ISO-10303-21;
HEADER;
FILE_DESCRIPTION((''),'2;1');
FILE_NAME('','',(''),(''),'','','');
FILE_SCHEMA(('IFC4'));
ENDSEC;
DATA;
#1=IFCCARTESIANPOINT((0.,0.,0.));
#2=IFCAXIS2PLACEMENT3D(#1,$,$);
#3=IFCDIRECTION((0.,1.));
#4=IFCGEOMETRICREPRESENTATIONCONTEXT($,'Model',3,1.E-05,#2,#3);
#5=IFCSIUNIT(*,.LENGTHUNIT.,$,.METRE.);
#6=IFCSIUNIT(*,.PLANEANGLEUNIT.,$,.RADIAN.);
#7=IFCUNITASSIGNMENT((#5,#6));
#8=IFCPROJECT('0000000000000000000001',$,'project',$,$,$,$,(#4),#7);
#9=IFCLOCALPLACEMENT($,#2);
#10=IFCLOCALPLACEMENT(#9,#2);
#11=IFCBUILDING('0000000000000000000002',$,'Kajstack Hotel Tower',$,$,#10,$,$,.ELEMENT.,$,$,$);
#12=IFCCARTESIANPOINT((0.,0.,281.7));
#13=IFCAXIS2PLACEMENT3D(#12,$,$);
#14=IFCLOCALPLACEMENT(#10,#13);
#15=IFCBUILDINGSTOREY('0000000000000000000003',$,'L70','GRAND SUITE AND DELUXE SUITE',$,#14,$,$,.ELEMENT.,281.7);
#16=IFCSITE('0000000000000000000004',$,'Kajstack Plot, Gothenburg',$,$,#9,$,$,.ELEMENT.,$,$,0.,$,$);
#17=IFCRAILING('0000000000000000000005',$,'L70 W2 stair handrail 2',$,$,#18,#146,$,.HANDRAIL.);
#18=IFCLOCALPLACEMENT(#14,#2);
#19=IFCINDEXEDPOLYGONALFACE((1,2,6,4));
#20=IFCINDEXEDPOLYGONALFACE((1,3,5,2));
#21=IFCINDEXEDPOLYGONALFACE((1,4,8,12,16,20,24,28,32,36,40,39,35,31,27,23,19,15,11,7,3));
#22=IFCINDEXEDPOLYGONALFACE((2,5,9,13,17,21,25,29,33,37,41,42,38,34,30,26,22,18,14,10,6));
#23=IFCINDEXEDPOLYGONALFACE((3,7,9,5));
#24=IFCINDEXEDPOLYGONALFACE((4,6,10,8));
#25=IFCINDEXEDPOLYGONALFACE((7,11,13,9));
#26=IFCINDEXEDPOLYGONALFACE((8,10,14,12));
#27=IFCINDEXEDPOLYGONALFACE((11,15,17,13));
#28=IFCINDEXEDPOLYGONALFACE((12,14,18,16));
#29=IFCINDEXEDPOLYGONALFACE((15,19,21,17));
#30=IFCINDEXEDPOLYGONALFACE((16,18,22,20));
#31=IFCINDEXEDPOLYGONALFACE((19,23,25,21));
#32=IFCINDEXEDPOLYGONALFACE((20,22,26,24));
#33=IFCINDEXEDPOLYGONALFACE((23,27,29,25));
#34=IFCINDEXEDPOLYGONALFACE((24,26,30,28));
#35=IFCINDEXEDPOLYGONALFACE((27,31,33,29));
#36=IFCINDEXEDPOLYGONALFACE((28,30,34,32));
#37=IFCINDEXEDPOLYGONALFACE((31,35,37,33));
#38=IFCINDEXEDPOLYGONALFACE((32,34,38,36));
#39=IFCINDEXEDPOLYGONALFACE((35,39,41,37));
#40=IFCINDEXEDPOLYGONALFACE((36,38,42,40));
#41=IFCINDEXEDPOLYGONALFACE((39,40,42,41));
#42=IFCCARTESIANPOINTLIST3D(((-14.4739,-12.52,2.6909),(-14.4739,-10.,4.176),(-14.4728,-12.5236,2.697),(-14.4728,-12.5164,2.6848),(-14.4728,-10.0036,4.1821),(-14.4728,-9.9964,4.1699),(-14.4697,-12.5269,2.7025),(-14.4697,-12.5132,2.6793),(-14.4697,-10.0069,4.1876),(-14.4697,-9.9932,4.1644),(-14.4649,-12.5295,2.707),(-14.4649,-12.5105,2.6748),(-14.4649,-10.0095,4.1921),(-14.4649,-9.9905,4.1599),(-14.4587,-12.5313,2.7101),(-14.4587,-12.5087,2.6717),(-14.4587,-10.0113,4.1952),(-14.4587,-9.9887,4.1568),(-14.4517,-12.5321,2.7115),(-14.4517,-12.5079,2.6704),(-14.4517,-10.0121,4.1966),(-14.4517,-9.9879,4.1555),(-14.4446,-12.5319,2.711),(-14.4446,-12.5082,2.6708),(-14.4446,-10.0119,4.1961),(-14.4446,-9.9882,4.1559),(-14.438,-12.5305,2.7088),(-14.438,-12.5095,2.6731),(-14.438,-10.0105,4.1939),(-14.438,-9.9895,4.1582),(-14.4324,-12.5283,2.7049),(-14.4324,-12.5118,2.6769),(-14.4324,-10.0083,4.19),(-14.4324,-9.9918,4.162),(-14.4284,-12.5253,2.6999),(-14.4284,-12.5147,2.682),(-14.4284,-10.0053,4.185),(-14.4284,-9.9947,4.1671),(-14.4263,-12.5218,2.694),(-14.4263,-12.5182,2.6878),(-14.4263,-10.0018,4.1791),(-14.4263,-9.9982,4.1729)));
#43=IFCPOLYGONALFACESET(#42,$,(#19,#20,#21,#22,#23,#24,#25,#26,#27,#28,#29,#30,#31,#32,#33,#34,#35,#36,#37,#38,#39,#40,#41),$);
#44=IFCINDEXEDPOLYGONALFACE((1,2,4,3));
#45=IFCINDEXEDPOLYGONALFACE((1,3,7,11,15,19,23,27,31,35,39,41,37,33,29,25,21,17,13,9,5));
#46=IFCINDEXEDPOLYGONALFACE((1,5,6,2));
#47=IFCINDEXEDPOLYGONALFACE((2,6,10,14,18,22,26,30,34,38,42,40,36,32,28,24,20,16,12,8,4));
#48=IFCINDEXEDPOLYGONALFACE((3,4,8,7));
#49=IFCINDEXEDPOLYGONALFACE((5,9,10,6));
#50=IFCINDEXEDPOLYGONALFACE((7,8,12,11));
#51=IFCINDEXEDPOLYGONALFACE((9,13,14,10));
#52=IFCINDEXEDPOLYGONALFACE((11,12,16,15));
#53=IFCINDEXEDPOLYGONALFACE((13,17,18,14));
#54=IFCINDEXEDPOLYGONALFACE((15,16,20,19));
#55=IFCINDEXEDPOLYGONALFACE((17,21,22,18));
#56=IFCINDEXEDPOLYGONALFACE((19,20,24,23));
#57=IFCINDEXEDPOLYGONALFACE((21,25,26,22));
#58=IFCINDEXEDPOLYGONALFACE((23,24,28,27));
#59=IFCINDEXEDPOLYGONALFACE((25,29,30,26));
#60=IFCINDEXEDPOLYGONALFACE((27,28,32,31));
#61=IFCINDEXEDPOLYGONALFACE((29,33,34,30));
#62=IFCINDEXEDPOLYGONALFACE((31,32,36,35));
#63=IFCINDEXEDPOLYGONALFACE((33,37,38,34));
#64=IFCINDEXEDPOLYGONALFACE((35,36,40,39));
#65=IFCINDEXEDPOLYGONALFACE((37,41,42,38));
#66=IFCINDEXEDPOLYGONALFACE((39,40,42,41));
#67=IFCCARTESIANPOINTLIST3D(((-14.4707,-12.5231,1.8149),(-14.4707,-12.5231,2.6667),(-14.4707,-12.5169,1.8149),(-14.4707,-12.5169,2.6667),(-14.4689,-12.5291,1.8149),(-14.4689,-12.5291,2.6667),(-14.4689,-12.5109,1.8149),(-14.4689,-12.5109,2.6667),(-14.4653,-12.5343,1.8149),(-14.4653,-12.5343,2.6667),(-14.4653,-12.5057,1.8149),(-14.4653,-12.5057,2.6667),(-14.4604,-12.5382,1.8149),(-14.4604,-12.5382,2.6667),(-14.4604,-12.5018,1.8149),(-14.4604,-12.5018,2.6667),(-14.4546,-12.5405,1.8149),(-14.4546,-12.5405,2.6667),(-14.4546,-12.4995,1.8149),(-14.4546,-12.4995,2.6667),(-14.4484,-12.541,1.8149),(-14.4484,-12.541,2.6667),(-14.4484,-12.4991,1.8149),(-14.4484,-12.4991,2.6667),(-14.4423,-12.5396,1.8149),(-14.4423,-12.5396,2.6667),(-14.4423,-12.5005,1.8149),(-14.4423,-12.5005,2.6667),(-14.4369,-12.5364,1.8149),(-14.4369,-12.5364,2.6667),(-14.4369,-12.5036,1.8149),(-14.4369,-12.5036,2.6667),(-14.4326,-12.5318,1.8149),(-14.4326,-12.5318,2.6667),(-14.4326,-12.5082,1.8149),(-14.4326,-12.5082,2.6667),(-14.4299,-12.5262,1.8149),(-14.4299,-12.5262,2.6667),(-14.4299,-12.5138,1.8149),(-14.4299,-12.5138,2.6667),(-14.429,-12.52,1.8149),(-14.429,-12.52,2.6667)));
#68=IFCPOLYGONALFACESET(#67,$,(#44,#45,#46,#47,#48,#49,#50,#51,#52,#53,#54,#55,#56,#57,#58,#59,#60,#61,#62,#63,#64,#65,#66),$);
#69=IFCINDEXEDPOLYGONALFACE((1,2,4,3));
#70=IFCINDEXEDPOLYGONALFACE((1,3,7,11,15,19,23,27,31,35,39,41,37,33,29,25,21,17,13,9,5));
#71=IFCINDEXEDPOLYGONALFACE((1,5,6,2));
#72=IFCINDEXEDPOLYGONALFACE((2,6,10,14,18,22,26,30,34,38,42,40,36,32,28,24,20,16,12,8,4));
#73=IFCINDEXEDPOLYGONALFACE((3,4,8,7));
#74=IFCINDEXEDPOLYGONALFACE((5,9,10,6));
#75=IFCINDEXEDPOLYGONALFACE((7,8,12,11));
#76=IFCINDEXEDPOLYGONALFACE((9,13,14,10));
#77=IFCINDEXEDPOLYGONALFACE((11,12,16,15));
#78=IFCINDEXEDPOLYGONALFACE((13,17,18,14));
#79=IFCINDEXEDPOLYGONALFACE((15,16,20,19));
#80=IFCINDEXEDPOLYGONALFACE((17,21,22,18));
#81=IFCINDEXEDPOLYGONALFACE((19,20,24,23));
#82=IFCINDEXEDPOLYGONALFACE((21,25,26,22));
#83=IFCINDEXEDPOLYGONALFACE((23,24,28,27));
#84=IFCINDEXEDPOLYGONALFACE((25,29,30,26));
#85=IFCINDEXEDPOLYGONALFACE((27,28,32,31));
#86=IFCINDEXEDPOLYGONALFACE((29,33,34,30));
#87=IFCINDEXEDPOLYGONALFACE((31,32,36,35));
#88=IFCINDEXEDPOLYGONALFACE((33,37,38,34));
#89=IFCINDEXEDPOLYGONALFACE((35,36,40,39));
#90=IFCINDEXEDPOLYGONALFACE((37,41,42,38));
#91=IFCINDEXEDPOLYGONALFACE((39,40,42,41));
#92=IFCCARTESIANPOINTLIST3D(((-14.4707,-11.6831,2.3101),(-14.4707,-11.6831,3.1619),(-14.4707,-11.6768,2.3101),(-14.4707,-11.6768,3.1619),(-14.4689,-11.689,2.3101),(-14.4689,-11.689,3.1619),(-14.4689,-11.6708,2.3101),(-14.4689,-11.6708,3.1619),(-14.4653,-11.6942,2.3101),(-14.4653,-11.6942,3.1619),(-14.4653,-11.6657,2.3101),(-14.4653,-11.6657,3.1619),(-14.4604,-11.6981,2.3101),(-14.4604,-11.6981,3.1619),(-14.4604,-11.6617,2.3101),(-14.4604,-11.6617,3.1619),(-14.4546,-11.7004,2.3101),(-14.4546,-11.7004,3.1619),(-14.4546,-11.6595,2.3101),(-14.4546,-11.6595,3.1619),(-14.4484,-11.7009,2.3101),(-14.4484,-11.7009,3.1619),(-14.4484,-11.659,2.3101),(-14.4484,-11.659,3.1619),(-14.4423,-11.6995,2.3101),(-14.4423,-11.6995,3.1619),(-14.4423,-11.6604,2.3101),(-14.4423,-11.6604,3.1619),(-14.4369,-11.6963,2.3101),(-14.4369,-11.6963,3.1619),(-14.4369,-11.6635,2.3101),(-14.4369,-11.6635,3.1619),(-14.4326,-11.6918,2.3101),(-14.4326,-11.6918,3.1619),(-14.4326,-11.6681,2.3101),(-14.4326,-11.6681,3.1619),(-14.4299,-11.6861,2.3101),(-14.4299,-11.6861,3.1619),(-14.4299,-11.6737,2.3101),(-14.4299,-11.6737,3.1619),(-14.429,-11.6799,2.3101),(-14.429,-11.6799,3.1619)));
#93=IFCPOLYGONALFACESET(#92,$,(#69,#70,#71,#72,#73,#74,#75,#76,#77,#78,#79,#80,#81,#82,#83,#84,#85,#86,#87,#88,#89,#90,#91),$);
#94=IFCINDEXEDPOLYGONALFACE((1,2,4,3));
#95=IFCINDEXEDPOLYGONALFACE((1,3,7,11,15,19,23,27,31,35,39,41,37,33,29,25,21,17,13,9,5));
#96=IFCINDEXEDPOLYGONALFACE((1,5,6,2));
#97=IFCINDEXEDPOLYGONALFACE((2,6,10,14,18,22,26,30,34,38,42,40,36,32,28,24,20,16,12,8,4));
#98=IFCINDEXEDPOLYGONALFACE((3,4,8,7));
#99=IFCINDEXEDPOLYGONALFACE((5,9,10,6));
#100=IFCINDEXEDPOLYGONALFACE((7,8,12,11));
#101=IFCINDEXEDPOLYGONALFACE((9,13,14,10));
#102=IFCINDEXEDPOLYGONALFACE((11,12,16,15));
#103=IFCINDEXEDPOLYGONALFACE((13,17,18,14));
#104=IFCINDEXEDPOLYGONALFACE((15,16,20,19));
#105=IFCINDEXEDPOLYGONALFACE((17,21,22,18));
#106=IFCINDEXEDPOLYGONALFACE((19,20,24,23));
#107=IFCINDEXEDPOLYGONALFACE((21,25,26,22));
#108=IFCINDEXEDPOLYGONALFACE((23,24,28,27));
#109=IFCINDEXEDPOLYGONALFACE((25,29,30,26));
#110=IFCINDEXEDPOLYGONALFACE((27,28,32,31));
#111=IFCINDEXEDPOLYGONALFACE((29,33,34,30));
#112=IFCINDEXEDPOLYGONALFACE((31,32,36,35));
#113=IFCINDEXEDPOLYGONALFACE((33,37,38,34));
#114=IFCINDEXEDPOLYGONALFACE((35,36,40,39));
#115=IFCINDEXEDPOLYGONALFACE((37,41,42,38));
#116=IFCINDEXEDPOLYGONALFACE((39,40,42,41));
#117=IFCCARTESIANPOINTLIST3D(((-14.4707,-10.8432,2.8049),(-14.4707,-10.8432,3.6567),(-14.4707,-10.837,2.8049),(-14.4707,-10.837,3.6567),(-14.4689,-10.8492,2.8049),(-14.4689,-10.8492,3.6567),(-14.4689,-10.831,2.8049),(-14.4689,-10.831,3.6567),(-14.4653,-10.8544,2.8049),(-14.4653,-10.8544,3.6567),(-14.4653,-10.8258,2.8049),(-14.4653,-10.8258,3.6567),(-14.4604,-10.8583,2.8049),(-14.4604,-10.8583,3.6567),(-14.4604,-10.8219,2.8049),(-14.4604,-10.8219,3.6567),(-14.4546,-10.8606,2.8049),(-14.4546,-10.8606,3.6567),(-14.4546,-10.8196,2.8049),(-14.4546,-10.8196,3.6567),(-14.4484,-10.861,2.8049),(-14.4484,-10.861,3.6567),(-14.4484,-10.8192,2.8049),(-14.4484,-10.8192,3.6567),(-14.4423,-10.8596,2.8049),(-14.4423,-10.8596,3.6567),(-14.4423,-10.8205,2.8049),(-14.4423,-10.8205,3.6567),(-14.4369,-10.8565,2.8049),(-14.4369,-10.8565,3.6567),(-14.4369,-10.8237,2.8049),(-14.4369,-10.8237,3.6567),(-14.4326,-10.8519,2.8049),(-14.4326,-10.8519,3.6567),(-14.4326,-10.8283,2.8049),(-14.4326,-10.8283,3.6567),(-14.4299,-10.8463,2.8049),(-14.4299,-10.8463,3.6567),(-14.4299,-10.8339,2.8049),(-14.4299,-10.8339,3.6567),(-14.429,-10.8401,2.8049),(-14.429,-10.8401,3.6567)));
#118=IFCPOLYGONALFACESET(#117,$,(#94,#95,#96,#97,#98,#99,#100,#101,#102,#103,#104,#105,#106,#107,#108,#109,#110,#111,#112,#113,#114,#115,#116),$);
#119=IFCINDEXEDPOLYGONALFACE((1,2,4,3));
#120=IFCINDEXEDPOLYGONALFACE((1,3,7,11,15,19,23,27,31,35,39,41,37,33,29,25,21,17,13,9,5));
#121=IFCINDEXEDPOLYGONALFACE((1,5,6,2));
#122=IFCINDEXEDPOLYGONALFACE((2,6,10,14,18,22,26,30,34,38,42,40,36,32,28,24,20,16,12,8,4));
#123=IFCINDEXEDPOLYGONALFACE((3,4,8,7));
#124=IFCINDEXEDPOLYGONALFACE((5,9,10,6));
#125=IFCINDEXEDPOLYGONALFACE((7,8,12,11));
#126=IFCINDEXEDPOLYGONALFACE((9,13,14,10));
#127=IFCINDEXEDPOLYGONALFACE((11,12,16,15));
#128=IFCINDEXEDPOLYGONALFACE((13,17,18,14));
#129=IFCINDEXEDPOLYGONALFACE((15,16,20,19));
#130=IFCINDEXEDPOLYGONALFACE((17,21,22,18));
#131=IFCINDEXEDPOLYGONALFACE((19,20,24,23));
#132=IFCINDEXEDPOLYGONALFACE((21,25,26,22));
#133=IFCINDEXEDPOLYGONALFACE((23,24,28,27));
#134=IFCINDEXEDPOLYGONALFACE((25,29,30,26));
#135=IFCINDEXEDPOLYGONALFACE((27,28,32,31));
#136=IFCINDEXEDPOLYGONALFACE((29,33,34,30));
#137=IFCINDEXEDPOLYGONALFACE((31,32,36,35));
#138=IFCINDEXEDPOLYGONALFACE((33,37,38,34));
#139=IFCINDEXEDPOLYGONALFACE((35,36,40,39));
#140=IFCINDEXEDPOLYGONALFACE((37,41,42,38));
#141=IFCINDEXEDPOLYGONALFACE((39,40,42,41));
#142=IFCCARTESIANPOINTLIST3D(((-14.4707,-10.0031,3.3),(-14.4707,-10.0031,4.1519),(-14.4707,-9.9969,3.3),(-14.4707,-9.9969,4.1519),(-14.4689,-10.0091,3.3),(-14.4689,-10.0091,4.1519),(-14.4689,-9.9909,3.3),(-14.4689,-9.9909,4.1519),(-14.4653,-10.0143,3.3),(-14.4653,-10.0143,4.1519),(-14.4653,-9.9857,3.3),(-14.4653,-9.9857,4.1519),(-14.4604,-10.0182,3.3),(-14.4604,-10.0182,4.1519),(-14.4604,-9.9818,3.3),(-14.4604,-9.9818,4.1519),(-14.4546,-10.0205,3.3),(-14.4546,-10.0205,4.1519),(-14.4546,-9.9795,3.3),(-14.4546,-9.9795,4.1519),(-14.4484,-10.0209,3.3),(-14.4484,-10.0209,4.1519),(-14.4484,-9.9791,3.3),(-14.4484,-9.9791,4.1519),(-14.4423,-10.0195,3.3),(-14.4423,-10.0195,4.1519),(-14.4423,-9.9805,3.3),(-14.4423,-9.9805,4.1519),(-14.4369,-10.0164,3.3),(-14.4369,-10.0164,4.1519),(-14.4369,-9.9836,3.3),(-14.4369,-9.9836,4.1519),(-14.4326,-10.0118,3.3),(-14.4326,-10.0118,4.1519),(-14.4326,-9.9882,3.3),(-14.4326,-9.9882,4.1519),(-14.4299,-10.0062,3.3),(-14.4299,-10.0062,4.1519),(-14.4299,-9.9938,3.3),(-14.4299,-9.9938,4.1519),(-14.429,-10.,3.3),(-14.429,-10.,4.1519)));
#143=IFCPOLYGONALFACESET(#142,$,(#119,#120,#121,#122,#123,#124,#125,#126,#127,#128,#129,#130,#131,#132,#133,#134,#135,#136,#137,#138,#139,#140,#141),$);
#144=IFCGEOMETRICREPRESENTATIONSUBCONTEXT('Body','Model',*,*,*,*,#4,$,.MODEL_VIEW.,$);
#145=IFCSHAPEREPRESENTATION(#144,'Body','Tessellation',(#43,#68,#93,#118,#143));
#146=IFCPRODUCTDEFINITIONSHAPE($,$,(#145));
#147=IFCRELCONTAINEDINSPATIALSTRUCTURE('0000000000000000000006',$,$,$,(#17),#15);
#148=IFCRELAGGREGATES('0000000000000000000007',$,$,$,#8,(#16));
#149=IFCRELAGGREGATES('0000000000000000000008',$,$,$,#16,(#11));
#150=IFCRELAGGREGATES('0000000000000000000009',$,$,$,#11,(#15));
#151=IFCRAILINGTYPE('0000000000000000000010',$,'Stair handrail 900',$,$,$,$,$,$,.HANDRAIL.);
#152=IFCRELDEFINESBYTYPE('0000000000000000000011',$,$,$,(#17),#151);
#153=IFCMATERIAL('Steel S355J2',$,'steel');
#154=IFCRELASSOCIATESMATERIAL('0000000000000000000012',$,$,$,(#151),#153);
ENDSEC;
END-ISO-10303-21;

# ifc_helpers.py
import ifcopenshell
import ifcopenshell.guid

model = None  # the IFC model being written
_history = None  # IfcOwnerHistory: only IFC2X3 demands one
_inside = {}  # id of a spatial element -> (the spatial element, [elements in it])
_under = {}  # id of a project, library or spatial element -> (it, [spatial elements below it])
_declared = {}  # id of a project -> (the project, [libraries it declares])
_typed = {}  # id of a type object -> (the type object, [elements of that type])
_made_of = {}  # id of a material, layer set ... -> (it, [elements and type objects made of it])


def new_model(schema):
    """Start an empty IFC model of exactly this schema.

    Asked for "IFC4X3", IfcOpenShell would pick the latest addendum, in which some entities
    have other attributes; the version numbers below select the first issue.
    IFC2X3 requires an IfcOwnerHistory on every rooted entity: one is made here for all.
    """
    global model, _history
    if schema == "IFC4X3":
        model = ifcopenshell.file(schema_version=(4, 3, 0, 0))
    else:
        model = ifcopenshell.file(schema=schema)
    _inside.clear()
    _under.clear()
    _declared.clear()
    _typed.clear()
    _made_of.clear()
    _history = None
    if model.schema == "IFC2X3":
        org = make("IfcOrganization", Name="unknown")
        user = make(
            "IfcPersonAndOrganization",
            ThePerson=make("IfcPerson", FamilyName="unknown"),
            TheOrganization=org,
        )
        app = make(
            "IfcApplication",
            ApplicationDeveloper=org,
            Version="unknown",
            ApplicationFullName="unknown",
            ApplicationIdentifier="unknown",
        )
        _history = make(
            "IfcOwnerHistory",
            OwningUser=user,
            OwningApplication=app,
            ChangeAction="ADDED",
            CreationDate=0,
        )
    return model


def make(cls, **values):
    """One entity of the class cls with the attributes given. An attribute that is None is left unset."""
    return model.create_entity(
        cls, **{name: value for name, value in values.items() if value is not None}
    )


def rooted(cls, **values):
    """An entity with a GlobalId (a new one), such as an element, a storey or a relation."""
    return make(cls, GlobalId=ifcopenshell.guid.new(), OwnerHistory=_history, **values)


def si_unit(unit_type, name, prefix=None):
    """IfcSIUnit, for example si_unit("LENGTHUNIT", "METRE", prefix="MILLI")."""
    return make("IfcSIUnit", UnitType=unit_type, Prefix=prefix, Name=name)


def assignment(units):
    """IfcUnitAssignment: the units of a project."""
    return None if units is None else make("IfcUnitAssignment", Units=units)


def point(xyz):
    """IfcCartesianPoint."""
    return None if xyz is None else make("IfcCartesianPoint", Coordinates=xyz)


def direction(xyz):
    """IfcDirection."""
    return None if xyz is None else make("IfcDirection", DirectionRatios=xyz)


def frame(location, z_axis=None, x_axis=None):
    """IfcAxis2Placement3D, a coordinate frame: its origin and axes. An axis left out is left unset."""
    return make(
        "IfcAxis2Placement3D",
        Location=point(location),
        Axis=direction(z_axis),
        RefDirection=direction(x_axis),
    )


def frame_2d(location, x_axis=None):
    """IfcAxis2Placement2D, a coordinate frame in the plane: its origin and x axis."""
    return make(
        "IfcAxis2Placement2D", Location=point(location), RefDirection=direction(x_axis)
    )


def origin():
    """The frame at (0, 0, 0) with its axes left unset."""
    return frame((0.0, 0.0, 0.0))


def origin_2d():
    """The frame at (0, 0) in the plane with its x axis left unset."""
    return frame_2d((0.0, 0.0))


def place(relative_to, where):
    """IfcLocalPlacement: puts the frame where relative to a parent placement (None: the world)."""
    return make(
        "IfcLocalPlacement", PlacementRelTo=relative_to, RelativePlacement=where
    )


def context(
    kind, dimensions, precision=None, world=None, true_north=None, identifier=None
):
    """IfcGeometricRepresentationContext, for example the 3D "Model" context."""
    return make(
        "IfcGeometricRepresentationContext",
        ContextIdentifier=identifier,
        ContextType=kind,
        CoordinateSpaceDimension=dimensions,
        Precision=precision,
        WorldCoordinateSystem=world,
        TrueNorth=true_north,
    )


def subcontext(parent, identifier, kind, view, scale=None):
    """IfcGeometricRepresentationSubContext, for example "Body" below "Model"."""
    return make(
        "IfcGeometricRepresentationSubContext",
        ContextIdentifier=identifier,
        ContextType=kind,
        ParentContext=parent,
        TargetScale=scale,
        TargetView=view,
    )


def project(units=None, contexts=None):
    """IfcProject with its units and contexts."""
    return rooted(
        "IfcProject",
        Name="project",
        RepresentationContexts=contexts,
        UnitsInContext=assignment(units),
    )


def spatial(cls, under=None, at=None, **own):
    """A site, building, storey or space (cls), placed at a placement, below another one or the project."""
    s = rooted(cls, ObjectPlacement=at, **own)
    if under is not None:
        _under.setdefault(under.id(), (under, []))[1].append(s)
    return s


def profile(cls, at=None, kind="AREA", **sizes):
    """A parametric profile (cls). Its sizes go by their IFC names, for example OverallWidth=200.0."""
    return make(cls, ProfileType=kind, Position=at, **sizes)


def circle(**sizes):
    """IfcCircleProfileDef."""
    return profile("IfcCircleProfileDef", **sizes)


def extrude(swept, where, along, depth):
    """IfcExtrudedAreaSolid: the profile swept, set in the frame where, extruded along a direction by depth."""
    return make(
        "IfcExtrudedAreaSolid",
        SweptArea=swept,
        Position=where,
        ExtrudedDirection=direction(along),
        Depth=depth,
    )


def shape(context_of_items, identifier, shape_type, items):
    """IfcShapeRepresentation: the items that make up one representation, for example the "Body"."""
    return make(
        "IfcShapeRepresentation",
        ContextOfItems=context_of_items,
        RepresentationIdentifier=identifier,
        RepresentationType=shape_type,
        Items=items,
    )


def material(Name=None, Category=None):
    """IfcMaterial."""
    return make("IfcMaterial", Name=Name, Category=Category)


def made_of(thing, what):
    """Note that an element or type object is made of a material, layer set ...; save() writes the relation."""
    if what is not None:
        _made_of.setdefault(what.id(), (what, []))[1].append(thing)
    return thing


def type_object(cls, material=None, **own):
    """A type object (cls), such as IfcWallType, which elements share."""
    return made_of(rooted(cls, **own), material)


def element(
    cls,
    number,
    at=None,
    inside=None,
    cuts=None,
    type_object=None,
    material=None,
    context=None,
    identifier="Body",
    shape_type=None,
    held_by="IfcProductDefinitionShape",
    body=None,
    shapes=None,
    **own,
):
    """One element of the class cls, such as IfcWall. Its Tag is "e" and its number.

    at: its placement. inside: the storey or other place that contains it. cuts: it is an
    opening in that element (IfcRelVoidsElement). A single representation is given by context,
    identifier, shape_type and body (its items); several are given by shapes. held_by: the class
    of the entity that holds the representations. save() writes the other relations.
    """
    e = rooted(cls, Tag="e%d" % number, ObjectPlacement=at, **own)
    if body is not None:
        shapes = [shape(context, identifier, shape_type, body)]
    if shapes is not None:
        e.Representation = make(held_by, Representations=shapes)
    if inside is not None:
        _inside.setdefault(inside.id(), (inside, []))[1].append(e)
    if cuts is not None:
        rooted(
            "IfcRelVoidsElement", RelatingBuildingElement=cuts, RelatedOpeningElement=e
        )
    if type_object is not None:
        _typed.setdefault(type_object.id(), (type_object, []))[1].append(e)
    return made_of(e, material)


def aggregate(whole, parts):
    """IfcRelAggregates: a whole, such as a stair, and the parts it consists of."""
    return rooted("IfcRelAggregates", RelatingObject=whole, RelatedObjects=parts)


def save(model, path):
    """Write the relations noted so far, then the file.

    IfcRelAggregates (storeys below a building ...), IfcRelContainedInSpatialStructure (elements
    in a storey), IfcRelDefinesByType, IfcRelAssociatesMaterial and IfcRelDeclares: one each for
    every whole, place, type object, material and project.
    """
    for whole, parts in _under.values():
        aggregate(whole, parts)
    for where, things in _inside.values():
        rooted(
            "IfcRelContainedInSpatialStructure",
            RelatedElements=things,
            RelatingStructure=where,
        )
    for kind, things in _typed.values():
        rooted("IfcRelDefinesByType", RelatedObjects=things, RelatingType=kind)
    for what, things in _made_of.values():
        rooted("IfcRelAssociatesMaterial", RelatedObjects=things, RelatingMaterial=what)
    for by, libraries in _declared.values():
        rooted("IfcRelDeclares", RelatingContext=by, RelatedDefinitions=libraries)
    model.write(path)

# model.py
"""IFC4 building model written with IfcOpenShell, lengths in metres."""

from ifc_helpers import new_model, si_unit, direction, frame, origin, origin_2d, place, context, subcontext, project, spatial, circle, extrude, material, type_object, element, save


model = new_model("IFC4")

# Units and contexts
model_context = context("Model", 3, precision=1e-05, world=origin(), true_north=direction((0.0, 1.0)))
body_context = subcontext(model_context, "Body", "Model", "MODEL_VIEW")
ifc_project = project(units=[si_unit("LENGTHUNIT", "METRE"), si_unit("PLANEANGLEUNIT", "RADIAN")], contexts=[model_context])

# Site, building, storey
site_placement = place(None, origin())
site = spatial("IfcSite", under=ifc_project, at=site_placement, Name="Kajstack Plot, Gothenburg", CompositionType="ELEMENT", RefElevation=0.0)
building_placement = place(site_placement, origin())
building = spatial("IfcBuilding", under=site, at=building_placement, Name="Kajstack Hotel Tower", CompositionType="ELEMENT")
storey_placement = place(building_placement, frame((0.0, 0.0, 281.7)))
storey = spatial("IfcBuildingStorey", under=building, at=storey_placement, Name="L70", Description="GRAND SUITE AND DELUXE SUITE", CompositionType="ELEMENT", Elevation=281.7)

# Railing
ifc_material_1 = material(Name="Steel S355J2", Category="steel")
railing_type_1 = type_object("IfcRailingType", Name="Stair handrail 900", PredefinedType="HANDRAIL", material=ifc_material_1)
railing_1_placement = place(storey_placement, frame((-14.45, -12.52, 1.8149)))
element("IfcRailing", 1, at=railing_1_placement, inside=storey, type_object=railing_type_1, Name="L70 W2 stair handrail 2", PredefinedType="HANDRAIL", context=body_context, shape_type="SweptSolid", body=[
    extrude(circle(Radius=0.0239, at=origin_2d()), frame((0.0, 0.0, 0.876), z_axis=(0.0, 0.861524, 0.507717), x_axis=(-1.0, 0.0, 0.0)), (0.0, 0.0, 1.0), 2.925),
    extrude(circle(Radius=0.021, at=origin_2d()), origin(), (0.0, 0.0, 1.0), 0.8518),
    extrude(circle(Radius=0.021, at=origin_2d()), frame((0.0, 0.8401, 0.4951)), (0.0, 0.0, 1.0), 0.8518),
    extrude(circle(Radius=0.021, at=origin_2d()), frame((0.0, 1.6799, 0.99)), (0.0, 0.0, 1.0), 0.8518),
    extrude(circle(Radius=0.021, at=origin_2d()), frame((0.0, 2.52, 1.4851)), (0.0, 0.0, 1.0), 0.8518),
])

save(model, "model.ifc")
